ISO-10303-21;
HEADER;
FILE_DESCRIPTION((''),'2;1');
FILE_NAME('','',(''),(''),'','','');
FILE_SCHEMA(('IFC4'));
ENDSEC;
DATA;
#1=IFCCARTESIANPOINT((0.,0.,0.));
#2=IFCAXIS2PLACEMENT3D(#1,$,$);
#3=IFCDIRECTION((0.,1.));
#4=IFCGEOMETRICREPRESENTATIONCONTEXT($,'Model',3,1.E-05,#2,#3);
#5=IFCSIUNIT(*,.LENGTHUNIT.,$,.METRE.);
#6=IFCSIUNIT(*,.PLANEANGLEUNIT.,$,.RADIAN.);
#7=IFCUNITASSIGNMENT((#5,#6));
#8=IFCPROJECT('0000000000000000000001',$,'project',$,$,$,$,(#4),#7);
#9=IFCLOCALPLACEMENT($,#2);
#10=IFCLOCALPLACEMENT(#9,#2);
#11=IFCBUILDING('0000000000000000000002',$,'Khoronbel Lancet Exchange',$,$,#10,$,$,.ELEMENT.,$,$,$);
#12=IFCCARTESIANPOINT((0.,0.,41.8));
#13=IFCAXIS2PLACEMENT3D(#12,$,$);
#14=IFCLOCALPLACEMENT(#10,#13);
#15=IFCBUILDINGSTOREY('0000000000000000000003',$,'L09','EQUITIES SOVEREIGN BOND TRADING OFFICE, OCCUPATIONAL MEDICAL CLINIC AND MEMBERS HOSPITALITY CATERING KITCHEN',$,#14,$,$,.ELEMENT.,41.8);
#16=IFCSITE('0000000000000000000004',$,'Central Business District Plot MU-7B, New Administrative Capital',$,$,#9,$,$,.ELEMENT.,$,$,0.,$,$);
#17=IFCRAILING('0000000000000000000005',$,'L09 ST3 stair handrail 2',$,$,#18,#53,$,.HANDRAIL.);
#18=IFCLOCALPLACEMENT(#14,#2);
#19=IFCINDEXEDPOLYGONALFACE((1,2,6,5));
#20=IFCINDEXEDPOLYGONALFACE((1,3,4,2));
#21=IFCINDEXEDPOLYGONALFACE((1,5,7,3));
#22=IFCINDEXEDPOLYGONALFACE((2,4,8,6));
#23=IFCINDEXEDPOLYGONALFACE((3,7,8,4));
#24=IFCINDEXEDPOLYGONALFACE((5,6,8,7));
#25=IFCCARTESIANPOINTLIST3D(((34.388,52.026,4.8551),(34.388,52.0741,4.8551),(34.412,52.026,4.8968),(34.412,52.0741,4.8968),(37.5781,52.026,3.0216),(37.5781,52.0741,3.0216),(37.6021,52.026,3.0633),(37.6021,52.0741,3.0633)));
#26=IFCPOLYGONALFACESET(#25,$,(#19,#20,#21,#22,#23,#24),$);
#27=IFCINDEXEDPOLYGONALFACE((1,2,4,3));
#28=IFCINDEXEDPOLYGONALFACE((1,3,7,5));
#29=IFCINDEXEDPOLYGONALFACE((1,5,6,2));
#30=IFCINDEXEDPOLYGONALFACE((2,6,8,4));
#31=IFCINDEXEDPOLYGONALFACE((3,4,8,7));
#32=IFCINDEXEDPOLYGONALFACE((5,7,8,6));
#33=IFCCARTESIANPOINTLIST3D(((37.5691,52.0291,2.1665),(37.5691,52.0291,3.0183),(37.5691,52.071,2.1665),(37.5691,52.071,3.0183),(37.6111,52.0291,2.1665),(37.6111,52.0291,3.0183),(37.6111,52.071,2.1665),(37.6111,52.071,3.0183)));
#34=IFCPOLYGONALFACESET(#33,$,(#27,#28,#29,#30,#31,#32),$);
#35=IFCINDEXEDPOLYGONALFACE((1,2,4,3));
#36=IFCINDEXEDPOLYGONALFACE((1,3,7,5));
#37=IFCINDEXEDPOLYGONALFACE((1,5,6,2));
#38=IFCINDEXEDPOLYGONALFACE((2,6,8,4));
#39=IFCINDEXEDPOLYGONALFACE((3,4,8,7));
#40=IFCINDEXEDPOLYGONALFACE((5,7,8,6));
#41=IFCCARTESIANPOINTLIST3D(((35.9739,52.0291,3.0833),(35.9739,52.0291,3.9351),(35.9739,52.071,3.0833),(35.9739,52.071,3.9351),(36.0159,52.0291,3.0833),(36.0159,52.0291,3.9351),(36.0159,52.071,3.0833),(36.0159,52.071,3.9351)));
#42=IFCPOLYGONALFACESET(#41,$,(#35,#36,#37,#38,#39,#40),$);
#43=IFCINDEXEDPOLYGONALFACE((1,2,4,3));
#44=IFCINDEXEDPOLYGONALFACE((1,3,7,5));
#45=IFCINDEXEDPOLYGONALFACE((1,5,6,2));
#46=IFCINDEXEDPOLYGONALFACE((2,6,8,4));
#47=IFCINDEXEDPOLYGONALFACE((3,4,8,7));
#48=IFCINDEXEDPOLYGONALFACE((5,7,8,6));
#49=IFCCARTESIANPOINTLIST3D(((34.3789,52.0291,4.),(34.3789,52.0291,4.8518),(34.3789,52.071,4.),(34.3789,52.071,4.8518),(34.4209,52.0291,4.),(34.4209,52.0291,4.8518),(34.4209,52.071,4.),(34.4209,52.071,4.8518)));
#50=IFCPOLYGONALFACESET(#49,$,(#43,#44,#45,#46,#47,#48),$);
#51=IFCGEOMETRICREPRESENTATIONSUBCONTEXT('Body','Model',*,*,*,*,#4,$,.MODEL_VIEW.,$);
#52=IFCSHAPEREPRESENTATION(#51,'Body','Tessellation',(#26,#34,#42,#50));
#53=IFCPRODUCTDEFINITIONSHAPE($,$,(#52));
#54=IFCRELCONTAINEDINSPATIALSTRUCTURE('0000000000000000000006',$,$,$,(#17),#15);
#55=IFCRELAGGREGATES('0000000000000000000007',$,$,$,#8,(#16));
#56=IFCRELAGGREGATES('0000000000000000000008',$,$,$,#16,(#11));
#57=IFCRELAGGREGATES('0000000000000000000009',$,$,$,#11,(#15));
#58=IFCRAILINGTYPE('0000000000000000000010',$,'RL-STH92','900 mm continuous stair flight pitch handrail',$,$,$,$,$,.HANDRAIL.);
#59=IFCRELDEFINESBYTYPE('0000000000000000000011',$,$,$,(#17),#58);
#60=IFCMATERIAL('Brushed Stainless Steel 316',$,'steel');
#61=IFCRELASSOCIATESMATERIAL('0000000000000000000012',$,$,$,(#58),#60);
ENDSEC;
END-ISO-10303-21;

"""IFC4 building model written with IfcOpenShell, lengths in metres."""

from ifc_helpers import new_model, si_unit, direction, frame, origin, origin_2d, place, context, subcontext, project, spatial, rectangle, extrude, material, type_object, element, save


model = new_model("IFC4")

# Units and contexts
model_context = context("Model", 3, precision=1e-05, world=origin(), true_north=direction((0.0, 1.0)))
body_context = subcontext(model_context, "Body", "Model", "MODEL_VIEW")
ifc_project = project(units=[si_unit("LENGTHUNIT", "METRE"), si_unit("PLANEANGLEUNIT", "RADIAN")], contexts=[model_context])

# Site, building, storey
site_placement = place(None, origin())
site = spatial("IfcSite", under=ifc_project, at=site_placement, Name="Central Business District Plot MU-7B, New Administrative Capital", CompositionType="ELEMENT", RefElevation=0.0)
building_placement = place(site_placement, origin())
building = spatial("IfcBuilding", under=site, at=building_placement, Name="Khoronbel Lancet Exchange", CompositionType="ELEMENT")
storey_placement = place(building_placement, frame((0.0, 0.0, 41.8)))
storey = spatial("IfcBuildingStorey", under=building, at=storey_placement, Name="L09", Description="EQUITIES SOVEREIGN BOND TRADING OFFICE, OCCUPATIONAL MEDICAL CLINIC AND MEMBERS HOSPITALITY CATERING KITCHEN", CompositionType="ELEMENT", Elevation=41.8)

# Railing
ifc_material_1 = material(Name="Brushed Stainless Steel 316", Category="steel")
railing_type_1 = type_object("IfcRailingType", Name="RL-STH92", Description="900 mm continuous stair flight pitch handrail", PredefinedType="HANDRAIL", material=ifc_material_1)
railing_1_placement = place(storey_placement, frame((37.5901, 52.05, 2.1665)))
element("IfcRailing", 1, at=railing_1_placement, inside=storey, type_object=railing_type_1, Name="L09 ST3 stair handrail 2", PredefinedType="HANDRAIL", context=body_context, shape_type="SweptSolid", body=[
    extrude(rectangle(XDim=0.0481, YDim=0.0481, at=origin_2d()), frame((0.0, 0.0, 0.876), z_axis=(-0.867007, 0.0, 0.498295), x_axis=(0.0, -1.0, 0.0)), (0.0, 0.0, 1.0), 3.6794),
    extrude(rectangle(XDim=0.042, YDim=0.042, at=origin_2d()), origin(), (0.0, 0.0, 1.0), 0.8518),
    extrude(rectangle(XDim=0.042, YDim=0.042, at=origin_2d()), frame((-1.5952, 0.0, 0.9167)), (0.0, 0.0, 1.0), 0.8518),
    extrude(rectangle(XDim=0.042, YDim=0.042, at=origin_2d()), frame((-3.1902, 0.0, 1.8335)), (0.0, 0.0, 1.0), 0.8518),
])

save(model, "model.ifc")
